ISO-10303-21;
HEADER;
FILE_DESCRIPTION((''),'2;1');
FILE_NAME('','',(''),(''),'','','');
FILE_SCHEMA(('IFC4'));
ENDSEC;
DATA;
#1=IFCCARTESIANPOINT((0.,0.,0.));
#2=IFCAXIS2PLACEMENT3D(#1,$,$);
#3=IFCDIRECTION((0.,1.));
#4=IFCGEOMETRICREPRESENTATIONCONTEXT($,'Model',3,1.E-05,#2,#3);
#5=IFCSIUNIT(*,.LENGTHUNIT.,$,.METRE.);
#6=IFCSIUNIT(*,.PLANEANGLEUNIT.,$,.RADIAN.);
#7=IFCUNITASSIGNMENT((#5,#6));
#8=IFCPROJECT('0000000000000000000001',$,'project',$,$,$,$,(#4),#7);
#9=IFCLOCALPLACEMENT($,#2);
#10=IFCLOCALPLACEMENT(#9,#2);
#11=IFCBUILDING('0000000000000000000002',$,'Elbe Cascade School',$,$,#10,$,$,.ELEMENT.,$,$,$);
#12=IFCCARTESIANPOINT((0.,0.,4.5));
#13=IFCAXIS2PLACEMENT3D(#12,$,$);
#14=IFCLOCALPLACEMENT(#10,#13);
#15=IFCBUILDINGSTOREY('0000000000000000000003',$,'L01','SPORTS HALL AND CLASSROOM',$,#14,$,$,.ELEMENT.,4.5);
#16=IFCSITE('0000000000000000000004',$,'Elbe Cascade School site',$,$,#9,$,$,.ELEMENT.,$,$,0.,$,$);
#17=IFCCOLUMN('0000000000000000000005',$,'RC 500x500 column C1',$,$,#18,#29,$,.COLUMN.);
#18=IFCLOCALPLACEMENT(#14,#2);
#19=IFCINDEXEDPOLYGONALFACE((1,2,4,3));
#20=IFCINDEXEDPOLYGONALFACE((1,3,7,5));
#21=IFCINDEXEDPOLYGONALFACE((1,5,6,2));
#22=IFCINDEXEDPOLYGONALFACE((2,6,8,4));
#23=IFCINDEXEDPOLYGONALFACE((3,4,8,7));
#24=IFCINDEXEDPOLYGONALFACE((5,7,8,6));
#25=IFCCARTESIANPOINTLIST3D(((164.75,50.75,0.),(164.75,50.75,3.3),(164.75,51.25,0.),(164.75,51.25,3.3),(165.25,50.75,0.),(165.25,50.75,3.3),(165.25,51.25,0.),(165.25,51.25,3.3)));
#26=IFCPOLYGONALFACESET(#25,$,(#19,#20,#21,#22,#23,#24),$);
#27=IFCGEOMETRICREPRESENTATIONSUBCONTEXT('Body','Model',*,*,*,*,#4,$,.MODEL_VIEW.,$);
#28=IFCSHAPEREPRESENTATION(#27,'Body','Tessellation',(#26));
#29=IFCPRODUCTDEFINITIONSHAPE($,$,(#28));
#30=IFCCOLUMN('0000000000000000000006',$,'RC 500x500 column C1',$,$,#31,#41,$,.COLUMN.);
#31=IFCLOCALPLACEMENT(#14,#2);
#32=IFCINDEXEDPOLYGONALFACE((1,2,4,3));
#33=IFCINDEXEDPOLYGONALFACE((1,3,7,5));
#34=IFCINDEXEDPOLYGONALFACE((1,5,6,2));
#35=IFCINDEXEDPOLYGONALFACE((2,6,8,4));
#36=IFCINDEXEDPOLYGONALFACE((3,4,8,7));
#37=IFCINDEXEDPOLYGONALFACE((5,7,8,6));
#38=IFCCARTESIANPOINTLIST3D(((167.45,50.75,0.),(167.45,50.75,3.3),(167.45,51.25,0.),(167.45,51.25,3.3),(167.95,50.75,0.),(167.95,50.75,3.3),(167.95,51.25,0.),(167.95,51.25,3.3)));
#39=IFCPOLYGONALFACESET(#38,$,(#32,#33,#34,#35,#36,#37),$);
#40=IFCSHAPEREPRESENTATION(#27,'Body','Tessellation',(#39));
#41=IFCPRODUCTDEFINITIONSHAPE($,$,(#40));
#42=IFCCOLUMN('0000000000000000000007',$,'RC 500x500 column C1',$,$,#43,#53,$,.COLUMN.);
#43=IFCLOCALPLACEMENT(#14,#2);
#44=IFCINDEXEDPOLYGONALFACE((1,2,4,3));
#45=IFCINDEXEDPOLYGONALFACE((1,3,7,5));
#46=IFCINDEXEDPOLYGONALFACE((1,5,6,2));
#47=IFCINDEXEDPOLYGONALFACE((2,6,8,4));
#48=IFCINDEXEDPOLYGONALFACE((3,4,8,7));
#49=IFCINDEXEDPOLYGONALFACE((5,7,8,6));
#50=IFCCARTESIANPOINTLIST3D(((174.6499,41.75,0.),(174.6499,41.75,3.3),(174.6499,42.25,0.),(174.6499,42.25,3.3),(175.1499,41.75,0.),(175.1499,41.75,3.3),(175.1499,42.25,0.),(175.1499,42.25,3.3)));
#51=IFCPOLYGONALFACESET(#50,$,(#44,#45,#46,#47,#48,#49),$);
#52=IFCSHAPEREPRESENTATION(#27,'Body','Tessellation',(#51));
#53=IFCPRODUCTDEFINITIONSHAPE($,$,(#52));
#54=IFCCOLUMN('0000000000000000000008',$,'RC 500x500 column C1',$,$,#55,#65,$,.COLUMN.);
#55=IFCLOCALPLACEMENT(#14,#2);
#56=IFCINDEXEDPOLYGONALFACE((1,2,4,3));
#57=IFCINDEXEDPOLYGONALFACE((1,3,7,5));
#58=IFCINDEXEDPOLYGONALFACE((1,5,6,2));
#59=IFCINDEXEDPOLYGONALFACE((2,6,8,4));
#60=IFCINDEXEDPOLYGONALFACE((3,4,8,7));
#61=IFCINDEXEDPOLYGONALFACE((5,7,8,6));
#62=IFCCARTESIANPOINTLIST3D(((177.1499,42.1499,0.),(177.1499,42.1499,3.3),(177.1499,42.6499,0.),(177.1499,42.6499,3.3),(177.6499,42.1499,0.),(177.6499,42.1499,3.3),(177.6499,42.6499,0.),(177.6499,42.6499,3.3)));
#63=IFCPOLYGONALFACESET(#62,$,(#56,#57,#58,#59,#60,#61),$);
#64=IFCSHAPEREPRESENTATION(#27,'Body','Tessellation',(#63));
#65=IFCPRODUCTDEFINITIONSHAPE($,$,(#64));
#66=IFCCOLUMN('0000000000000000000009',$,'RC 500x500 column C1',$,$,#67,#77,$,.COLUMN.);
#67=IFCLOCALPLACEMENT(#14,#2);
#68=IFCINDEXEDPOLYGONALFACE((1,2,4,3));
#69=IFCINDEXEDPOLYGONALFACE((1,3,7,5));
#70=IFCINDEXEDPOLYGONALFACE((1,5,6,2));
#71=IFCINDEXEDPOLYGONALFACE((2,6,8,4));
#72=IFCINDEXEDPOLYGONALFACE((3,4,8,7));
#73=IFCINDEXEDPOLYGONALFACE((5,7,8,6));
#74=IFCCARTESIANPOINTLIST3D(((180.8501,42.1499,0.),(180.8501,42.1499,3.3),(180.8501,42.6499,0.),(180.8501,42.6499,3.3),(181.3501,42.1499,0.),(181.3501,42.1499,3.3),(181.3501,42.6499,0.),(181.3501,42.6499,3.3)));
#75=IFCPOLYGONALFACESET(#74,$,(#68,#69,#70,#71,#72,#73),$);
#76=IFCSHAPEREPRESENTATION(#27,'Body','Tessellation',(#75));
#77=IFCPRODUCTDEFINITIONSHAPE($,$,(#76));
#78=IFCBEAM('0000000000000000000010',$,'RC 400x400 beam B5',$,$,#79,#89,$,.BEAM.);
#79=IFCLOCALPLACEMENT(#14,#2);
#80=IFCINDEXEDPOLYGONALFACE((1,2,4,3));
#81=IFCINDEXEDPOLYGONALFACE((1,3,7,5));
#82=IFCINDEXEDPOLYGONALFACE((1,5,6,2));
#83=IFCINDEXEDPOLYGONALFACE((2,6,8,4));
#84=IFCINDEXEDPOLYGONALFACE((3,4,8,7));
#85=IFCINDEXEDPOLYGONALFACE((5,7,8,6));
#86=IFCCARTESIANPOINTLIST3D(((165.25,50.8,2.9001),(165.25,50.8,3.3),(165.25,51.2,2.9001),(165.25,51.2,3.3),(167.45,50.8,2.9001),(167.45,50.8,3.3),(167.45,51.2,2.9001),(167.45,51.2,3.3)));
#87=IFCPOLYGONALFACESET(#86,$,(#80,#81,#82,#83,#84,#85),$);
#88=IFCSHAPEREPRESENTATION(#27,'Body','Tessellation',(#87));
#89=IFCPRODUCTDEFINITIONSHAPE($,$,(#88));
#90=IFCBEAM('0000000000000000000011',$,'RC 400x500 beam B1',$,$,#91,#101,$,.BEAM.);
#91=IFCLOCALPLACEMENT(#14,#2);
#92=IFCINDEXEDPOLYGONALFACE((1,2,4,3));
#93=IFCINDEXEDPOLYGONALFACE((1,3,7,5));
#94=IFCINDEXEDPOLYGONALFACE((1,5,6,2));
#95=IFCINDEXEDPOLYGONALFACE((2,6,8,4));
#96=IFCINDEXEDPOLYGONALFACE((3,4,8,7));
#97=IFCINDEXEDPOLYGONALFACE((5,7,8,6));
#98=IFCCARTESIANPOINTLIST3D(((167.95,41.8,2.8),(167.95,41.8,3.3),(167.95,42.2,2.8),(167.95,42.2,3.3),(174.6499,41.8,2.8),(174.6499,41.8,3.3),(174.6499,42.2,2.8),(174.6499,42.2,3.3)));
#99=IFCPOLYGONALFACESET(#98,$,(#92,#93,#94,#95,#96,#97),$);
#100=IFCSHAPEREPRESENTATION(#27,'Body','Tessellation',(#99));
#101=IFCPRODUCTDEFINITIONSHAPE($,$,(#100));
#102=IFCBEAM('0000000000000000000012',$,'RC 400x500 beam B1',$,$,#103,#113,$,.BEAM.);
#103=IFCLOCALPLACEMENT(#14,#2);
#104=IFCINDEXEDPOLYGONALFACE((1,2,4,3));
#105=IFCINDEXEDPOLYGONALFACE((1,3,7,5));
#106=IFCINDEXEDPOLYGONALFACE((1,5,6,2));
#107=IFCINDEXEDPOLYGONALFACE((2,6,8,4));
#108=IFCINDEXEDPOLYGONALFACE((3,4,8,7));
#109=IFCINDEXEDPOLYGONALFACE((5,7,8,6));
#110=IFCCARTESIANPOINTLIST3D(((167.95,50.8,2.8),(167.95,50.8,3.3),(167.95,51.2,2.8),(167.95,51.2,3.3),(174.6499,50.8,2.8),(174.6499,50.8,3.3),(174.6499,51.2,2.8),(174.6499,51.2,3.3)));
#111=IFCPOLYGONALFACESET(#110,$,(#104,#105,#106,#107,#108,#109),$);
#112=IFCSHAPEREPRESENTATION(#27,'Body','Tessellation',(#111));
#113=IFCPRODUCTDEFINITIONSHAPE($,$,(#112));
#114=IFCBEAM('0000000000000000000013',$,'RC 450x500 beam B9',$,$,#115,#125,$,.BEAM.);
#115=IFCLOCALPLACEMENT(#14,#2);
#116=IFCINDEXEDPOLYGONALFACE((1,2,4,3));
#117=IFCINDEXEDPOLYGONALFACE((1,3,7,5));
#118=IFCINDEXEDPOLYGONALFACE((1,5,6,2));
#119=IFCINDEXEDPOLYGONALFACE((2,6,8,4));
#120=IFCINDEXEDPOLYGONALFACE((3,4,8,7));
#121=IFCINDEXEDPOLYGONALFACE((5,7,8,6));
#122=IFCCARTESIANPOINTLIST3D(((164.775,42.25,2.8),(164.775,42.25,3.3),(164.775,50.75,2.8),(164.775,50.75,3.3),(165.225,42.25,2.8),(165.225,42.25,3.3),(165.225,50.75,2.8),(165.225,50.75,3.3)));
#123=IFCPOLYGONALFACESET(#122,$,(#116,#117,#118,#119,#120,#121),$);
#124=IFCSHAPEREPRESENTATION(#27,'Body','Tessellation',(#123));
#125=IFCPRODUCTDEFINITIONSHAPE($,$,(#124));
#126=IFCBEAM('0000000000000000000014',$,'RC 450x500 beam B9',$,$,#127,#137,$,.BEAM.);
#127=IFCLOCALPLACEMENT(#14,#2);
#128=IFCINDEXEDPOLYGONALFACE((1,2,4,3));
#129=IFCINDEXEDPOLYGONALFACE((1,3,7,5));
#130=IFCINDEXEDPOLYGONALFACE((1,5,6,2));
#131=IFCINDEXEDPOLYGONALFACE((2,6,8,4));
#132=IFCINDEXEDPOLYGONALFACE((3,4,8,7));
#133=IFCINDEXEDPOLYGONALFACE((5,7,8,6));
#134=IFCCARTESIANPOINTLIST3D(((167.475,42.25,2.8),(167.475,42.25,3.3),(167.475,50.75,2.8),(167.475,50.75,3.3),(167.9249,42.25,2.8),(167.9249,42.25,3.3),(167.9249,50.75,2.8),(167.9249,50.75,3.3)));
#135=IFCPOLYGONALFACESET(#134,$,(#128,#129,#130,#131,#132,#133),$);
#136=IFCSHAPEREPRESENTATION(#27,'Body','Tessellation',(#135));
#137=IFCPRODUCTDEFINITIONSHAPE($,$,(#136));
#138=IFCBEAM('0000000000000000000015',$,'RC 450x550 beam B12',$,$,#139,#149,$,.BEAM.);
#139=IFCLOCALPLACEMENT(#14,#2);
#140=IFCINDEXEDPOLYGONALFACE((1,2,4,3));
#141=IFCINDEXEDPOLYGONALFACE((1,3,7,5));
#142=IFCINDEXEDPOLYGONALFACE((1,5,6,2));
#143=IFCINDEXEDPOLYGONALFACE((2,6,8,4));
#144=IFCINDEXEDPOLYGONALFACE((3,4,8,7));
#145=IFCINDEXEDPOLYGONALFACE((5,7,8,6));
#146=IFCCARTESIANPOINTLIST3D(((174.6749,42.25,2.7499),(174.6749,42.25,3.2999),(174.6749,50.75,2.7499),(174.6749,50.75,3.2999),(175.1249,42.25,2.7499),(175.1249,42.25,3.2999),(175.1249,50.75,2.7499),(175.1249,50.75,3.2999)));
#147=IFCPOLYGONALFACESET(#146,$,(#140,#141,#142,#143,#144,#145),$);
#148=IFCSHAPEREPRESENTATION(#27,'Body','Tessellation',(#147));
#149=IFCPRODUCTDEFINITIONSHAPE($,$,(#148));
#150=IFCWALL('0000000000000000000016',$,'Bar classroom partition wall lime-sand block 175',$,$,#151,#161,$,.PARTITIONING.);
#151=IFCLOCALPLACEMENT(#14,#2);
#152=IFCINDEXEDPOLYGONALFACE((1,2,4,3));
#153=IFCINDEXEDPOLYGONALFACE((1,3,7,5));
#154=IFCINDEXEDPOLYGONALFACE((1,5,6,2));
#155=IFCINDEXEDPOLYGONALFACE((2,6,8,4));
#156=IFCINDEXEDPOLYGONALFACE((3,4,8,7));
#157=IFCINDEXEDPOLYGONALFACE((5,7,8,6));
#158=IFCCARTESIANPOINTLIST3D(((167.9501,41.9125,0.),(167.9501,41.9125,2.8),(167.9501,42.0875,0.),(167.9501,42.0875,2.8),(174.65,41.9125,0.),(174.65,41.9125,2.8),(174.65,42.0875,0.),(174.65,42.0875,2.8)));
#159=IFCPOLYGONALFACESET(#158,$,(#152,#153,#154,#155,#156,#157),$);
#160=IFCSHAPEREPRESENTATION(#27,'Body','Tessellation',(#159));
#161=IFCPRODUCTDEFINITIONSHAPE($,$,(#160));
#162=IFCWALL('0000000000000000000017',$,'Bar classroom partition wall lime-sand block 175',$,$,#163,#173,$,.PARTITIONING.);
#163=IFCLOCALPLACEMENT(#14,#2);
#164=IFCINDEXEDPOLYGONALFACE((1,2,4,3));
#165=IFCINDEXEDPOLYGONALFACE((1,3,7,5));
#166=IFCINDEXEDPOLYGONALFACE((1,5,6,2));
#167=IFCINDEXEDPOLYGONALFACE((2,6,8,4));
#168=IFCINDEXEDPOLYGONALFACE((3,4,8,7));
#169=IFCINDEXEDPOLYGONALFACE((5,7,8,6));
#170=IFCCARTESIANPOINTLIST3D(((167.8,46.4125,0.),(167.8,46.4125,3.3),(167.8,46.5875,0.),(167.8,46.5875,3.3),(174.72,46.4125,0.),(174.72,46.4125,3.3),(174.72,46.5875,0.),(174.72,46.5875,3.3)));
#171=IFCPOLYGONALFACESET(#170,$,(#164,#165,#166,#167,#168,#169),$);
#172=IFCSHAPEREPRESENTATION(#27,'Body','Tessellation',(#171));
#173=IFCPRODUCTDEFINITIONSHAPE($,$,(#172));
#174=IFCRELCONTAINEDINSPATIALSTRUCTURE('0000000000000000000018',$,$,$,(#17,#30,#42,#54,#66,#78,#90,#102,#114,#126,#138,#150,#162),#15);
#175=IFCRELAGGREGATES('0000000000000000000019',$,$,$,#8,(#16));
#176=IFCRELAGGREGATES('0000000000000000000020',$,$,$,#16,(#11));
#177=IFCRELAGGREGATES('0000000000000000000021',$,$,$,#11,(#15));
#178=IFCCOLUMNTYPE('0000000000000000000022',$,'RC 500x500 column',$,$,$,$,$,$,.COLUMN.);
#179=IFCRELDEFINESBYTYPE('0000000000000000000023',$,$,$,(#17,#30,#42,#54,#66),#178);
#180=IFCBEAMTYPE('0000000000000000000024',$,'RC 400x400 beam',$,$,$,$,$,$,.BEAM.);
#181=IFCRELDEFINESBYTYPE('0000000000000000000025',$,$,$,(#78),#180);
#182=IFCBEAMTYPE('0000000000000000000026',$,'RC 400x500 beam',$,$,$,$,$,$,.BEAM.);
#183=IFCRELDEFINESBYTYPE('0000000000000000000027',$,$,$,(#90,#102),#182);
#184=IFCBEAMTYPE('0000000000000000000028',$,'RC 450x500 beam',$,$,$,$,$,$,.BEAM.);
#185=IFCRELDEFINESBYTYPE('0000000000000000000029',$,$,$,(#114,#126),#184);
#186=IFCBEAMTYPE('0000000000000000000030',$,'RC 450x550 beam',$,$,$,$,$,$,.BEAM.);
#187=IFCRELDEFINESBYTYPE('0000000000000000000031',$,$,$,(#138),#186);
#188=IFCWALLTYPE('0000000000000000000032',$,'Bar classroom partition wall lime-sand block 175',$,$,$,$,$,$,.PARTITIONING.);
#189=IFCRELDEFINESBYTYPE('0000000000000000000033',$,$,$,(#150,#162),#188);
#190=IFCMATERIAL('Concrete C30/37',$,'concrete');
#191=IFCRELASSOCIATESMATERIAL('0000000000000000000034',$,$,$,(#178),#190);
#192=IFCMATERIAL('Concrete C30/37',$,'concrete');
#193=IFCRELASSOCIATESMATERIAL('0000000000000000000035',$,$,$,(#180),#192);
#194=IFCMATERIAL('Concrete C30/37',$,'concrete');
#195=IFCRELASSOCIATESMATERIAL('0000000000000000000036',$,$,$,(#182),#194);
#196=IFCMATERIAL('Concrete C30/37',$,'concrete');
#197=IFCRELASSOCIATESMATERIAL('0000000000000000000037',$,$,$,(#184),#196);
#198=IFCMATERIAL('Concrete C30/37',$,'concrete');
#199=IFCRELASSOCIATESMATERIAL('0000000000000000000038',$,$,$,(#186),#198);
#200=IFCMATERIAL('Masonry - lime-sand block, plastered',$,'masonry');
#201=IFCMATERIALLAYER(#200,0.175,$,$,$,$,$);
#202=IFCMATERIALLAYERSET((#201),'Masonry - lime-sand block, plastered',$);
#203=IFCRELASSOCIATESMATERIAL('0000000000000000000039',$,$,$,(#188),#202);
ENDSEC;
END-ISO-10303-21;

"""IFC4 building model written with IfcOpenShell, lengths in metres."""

from ifc_helpers import new_model, si_unit, direction, frame, frame_2d, origin, origin_2d, place, context, subcontext, project, spatial, rectangle, extrude, material, layer, layer_set, material_profile, profile_set, type_object, element, save


model = new_model("IFC4")

# Units and contexts
model_context = context("Model", 3, precision=1e-05, world=origin(), true_north=direction((0.0, 1.0)))
body_context = subcontext(model_context, "Body", "Model", "MODEL_VIEW")
ifc_project = project(units=[si_unit("LENGTHUNIT", "METRE"), si_unit("PLANEANGLEUNIT", "RADIAN")], contexts=[model_context])

# Site, building, storey
site_placement = place(None, origin())
site = spatial("IfcSite", under=ifc_project, at=site_placement, Name="Elbe Cascade School site", CompositionType="ELEMENT", RefElevation=0.0)
building_placement = place(site_placement, origin())
building = spatial("IfcBuilding", under=site, at=building_placement, Name="Elbe Cascade School", CompositionType="ELEMENT")
storey_placement = place(building_placement, frame((0.0, 0.0, 4.5)))
storey = spatial("IfcBuildingStorey", under=building, at=storey_placement, Name="L01", Description="SPORTS HALL AND CLASSROOM", CompositionType="ELEMENT", Elevation=4.5)

# Columns
ifc_material_1 = material(Name="Concrete C30/37", Category="concrete")
ifc_material_profile_1 = material_profile(ifc_material_1, rectangle(XDim=0.5, YDim=0.5, at=origin_2d()), Name="RC 500x500")
ifc_profile_set_1 = profile_set([ifc_material_profile_1], Name="Concrete C30/37")
column_type = type_object("IfcColumnType", Name="RC 500x500 column", PredefinedType="COLUMN", material=ifc_profile_set_1)
for number, where, z_axis, x_axis, name in (
    (1, (165.0, 51.0, 0.0), (0.0, 0.0, 1.0), (1.0, 0.0, 0.0), "RC 500x500 column C1"),
    (2, (167.7, 51.0, 0.0), (0.0, 0.0, 1.0), (1.0, 0.0, 0.0), "RC 500x500 column C1"),
    (3, (174.8999, 42.0, 0.0), (0.0, 0.0, 1.0), (1.0, 0.0, 0.0), "RC 500x500 column C1"),
    (4, (177.3999, 42.3999, 0.0), (0.0, 0.0, 1.0), (1.0, 0.0, 0.0), "RC 500x500 column C1"),
    (5, (181.1001, 42.3999, 0.0), (0.0, 0.0, 1.0), (1.0, 0.0, 0.0), "RC 500x500 column C1"),
):
    element("IfcColumn", number, at=place(storey_placement, frame(where, z_axis=z_axis, x_axis=x_axis)), inside=storey, type_object=column_type, Name=name, PredefinedType="COLUMN", context=body_context, shape_type="SweptSolid", body=[
        extrude(rectangle(XDim=0.5, YDim=0.5, at=origin_2d()), origin(), (0.0, 0.0, 1.0), 3.3),
    ])

# Beams
ifc_material_2 = material(Name="Concrete C30/37", Category="concrete")
ifc_material_profile_2 = material_profile(ifc_material_2, rectangle(XDim=0.3999, YDim=0.3999, at=origin_2d()), Name="RC 400x400")
ifc_profile_set_2 = profile_set([ifc_material_profile_2], Name="Concrete C30/37")
beam_type_1 = type_object("IfcBeamType", Name="RC 400x400 beam", PredefinedType="BEAM", material=ifc_profile_set_2)
beam_1_placement = place(storey_placement, frame((165.25, 51.0, 3.1001), z_axis=(1.0, 0.0, 0.0), x_axis=(0.0, 1.0, 0.0)))
element("IfcBeam", 6, at=beam_1_placement, inside=storey, type_object=beam_type_1, Name="RC 400x400 beam B5", PredefinedType="BEAM", context=body_context, shape_type="SweptSolid", body=[
    extrude(rectangle(XDim=0.3999, YDim=0.3999, at=origin_2d()), origin(), (0.0, 0.0, 1.0), 2.2),
])
ifc_material_3 = material(Name="Concrete C30/37", Category="concrete")
ifc_material_profile_3 = material_profile(ifc_material_3, rectangle(XDim=0.3999, YDim=0.5, at=origin_2d()), Name="RC 400x500")
ifc_profile_set_3 = profile_set([ifc_material_profile_3], Name="Concrete C30/37")
beam_type_2 = type_object("IfcBeamType", Name="RC 400x500 beam", PredefinedType="BEAM", material=ifc_profile_set_3)
for number, where, z_axis, x_axis, name in (
    (7, (167.95, 42.0, 3.05), (1.0, 0.0, 0.0), (0.0, 1.0, 0.0), "RC 400x500 beam B1"),
    (8, (167.95, 51.0, 3.05), (1.0, 0.0, 0.0), (0.0, 1.0, 0.0), "RC 400x500 beam B1"),
):
    element("IfcBeam", number, at=place(storey_placement, frame(where, z_axis=z_axis, x_axis=x_axis)), inside=storey, type_object=beam_type_2, Name=name, PredefinedType="BEAM", context=body_context, shape_type="SweptSolid", body=[
        extrude(rectangle(XDim=0.3999, YDim=0.5, at=origin_2d()), origin(), (0.0, 0.0, 1.0), 6.7),
    ])
ifc_material_4 = material(Name="Concrete C30/37", Category="concrete")
ifc_material_profile_4 = material_profile(ifc_material_4, rectangle(XDim=0.45, YDim=0.5, at=origin_2d()), Name="RC 450x500")
ifc_profile_set_4 = profile_set([ifc_material_profile_4], Name="Concrete C30/37")
beam_type_3 = type_object("IfcBeamType", Name="RC 450x500 beam", PredefinedType="BEAM", material=ifc_profile_set_4)
for number, where, z_axis, x_axis, name in (
    (9, (165.0, 42.25, 3.05), (0.0, 1.0, 0.0), (-1.0, 0.0, 0.0), "RC 450x500 beam B9"),
    (10, (167.7, 42.25, 3.05), (0.0, 1.0, 0.0), (-1.0, 0.0, 0.0), "RC 450x500 beam B9"),
):
    element("IfcBeam", number, at=place(storey_placement, frame(where, z_axis=z_axis, x_axis=x_axis)), inside=storey, type_object=beam_type_3, Name=name, PredefinedType="BEAM", context=body_context, shape_type="SweptSolid", body=[
        extrude(rectangle(XDim=0.45, YDim=0.5, at=origin_2d()), origin(), (0.0, 0.0, 1.0), 8.5),
    ])
ifc_material_5 = material(Name="Concrete C30/37", Category="concrete")
ifc_material_profile_5 = material_profile(ifc_material_5, rectangle(XDim=0.45, YDim=0.55, at=origin_2d()), Name="RC 450x550")
ifc_profile_set_5 = profile_set([ifc_material_profile_5], Name="Concrete C30/37")
beam_type_4 = type_object("IfcBeamType", Name="RC 450x550 beam", PredefinedType="BEAM", material=ifc_profile_set_5)
beam_2_placement = place(storey_placement, frame((174.8999, 42.25, 3.0249), z_axis=(0.0, 1.0, 0.0), x_axis=(-1.0, 0.0, 0.0)))
element("IfcBeam", 11, at=beam_2_placement, inside=storey, type_object=beam_type_4, Name="RC 450x550 beam B12", PredefinedType="BEAM", context=body_context, shape_type="SweptSolid", body=[
    extrude(rectangle(XDim=0.45, YDim=0.55, at=origin_2d()), origin(), (0.0, 0.0, 1.0), 8.5),
])

# Walls
ifc_material_6 = material(Name="Masonry - lime-sand block, plastered", Category="masonry")
ifc_layer_1 = layer(ifc_material_6, 0.175)
ifc_layer_set_1 = layer_set([ifc_layer_1], Name="Masonry - lime-sand block, plastered")
wall_type_1 = type_object("IfcWallType", Name="Bar classroom partition wall lime-sand block 175", PredefinedType="PARTITIONING", material=ifc_layer_set_1)
wall_1_placement = place(storey_placement, frame((167.95, 42.0, 0.0), z_axis=(0.0, 0.0, 1.0), x_axis=(1.0, 0.0, 0.0)))
element("IfcWall", 12, at=wall_1_placement, inside=storey, type_object=wall_type_1, Name="Bar classroom partition wall lime-sand block 175", PredefinedType="PARTITIONING", context=body_context, shape_type="SweptSolid", body=[
    extrude(rectangle(XDim=6.7, YDim=0.175, at=frame_2d((3.3501, 0.0))), origin(), (0.0, 0.0, 1.0), 2.8),
])
wall_2_placement = place(storey_placement, frame((167.8, 46.5, 0.0), z_axis=(0.0, 0.0, 1.0), x_axis=(1.0, 0.0, 0.0)))
element("IfcWall", 13, at=wall_2_placement, inside=storey, type_object=wall_type_1, Name="Bar classroom partition wall lime-sand block 175", PredefinedType="PARTITIONING", context=body_context, shape_type="SweptSolid", body=[
    extrude(rectangle(XDim=6.9199, YDim=0.175, at=frame_2d((3.46, 0.0))), origin(), (0.0, 0.0, 1.0), 3.3),
])

save(model, "model.ifc")
